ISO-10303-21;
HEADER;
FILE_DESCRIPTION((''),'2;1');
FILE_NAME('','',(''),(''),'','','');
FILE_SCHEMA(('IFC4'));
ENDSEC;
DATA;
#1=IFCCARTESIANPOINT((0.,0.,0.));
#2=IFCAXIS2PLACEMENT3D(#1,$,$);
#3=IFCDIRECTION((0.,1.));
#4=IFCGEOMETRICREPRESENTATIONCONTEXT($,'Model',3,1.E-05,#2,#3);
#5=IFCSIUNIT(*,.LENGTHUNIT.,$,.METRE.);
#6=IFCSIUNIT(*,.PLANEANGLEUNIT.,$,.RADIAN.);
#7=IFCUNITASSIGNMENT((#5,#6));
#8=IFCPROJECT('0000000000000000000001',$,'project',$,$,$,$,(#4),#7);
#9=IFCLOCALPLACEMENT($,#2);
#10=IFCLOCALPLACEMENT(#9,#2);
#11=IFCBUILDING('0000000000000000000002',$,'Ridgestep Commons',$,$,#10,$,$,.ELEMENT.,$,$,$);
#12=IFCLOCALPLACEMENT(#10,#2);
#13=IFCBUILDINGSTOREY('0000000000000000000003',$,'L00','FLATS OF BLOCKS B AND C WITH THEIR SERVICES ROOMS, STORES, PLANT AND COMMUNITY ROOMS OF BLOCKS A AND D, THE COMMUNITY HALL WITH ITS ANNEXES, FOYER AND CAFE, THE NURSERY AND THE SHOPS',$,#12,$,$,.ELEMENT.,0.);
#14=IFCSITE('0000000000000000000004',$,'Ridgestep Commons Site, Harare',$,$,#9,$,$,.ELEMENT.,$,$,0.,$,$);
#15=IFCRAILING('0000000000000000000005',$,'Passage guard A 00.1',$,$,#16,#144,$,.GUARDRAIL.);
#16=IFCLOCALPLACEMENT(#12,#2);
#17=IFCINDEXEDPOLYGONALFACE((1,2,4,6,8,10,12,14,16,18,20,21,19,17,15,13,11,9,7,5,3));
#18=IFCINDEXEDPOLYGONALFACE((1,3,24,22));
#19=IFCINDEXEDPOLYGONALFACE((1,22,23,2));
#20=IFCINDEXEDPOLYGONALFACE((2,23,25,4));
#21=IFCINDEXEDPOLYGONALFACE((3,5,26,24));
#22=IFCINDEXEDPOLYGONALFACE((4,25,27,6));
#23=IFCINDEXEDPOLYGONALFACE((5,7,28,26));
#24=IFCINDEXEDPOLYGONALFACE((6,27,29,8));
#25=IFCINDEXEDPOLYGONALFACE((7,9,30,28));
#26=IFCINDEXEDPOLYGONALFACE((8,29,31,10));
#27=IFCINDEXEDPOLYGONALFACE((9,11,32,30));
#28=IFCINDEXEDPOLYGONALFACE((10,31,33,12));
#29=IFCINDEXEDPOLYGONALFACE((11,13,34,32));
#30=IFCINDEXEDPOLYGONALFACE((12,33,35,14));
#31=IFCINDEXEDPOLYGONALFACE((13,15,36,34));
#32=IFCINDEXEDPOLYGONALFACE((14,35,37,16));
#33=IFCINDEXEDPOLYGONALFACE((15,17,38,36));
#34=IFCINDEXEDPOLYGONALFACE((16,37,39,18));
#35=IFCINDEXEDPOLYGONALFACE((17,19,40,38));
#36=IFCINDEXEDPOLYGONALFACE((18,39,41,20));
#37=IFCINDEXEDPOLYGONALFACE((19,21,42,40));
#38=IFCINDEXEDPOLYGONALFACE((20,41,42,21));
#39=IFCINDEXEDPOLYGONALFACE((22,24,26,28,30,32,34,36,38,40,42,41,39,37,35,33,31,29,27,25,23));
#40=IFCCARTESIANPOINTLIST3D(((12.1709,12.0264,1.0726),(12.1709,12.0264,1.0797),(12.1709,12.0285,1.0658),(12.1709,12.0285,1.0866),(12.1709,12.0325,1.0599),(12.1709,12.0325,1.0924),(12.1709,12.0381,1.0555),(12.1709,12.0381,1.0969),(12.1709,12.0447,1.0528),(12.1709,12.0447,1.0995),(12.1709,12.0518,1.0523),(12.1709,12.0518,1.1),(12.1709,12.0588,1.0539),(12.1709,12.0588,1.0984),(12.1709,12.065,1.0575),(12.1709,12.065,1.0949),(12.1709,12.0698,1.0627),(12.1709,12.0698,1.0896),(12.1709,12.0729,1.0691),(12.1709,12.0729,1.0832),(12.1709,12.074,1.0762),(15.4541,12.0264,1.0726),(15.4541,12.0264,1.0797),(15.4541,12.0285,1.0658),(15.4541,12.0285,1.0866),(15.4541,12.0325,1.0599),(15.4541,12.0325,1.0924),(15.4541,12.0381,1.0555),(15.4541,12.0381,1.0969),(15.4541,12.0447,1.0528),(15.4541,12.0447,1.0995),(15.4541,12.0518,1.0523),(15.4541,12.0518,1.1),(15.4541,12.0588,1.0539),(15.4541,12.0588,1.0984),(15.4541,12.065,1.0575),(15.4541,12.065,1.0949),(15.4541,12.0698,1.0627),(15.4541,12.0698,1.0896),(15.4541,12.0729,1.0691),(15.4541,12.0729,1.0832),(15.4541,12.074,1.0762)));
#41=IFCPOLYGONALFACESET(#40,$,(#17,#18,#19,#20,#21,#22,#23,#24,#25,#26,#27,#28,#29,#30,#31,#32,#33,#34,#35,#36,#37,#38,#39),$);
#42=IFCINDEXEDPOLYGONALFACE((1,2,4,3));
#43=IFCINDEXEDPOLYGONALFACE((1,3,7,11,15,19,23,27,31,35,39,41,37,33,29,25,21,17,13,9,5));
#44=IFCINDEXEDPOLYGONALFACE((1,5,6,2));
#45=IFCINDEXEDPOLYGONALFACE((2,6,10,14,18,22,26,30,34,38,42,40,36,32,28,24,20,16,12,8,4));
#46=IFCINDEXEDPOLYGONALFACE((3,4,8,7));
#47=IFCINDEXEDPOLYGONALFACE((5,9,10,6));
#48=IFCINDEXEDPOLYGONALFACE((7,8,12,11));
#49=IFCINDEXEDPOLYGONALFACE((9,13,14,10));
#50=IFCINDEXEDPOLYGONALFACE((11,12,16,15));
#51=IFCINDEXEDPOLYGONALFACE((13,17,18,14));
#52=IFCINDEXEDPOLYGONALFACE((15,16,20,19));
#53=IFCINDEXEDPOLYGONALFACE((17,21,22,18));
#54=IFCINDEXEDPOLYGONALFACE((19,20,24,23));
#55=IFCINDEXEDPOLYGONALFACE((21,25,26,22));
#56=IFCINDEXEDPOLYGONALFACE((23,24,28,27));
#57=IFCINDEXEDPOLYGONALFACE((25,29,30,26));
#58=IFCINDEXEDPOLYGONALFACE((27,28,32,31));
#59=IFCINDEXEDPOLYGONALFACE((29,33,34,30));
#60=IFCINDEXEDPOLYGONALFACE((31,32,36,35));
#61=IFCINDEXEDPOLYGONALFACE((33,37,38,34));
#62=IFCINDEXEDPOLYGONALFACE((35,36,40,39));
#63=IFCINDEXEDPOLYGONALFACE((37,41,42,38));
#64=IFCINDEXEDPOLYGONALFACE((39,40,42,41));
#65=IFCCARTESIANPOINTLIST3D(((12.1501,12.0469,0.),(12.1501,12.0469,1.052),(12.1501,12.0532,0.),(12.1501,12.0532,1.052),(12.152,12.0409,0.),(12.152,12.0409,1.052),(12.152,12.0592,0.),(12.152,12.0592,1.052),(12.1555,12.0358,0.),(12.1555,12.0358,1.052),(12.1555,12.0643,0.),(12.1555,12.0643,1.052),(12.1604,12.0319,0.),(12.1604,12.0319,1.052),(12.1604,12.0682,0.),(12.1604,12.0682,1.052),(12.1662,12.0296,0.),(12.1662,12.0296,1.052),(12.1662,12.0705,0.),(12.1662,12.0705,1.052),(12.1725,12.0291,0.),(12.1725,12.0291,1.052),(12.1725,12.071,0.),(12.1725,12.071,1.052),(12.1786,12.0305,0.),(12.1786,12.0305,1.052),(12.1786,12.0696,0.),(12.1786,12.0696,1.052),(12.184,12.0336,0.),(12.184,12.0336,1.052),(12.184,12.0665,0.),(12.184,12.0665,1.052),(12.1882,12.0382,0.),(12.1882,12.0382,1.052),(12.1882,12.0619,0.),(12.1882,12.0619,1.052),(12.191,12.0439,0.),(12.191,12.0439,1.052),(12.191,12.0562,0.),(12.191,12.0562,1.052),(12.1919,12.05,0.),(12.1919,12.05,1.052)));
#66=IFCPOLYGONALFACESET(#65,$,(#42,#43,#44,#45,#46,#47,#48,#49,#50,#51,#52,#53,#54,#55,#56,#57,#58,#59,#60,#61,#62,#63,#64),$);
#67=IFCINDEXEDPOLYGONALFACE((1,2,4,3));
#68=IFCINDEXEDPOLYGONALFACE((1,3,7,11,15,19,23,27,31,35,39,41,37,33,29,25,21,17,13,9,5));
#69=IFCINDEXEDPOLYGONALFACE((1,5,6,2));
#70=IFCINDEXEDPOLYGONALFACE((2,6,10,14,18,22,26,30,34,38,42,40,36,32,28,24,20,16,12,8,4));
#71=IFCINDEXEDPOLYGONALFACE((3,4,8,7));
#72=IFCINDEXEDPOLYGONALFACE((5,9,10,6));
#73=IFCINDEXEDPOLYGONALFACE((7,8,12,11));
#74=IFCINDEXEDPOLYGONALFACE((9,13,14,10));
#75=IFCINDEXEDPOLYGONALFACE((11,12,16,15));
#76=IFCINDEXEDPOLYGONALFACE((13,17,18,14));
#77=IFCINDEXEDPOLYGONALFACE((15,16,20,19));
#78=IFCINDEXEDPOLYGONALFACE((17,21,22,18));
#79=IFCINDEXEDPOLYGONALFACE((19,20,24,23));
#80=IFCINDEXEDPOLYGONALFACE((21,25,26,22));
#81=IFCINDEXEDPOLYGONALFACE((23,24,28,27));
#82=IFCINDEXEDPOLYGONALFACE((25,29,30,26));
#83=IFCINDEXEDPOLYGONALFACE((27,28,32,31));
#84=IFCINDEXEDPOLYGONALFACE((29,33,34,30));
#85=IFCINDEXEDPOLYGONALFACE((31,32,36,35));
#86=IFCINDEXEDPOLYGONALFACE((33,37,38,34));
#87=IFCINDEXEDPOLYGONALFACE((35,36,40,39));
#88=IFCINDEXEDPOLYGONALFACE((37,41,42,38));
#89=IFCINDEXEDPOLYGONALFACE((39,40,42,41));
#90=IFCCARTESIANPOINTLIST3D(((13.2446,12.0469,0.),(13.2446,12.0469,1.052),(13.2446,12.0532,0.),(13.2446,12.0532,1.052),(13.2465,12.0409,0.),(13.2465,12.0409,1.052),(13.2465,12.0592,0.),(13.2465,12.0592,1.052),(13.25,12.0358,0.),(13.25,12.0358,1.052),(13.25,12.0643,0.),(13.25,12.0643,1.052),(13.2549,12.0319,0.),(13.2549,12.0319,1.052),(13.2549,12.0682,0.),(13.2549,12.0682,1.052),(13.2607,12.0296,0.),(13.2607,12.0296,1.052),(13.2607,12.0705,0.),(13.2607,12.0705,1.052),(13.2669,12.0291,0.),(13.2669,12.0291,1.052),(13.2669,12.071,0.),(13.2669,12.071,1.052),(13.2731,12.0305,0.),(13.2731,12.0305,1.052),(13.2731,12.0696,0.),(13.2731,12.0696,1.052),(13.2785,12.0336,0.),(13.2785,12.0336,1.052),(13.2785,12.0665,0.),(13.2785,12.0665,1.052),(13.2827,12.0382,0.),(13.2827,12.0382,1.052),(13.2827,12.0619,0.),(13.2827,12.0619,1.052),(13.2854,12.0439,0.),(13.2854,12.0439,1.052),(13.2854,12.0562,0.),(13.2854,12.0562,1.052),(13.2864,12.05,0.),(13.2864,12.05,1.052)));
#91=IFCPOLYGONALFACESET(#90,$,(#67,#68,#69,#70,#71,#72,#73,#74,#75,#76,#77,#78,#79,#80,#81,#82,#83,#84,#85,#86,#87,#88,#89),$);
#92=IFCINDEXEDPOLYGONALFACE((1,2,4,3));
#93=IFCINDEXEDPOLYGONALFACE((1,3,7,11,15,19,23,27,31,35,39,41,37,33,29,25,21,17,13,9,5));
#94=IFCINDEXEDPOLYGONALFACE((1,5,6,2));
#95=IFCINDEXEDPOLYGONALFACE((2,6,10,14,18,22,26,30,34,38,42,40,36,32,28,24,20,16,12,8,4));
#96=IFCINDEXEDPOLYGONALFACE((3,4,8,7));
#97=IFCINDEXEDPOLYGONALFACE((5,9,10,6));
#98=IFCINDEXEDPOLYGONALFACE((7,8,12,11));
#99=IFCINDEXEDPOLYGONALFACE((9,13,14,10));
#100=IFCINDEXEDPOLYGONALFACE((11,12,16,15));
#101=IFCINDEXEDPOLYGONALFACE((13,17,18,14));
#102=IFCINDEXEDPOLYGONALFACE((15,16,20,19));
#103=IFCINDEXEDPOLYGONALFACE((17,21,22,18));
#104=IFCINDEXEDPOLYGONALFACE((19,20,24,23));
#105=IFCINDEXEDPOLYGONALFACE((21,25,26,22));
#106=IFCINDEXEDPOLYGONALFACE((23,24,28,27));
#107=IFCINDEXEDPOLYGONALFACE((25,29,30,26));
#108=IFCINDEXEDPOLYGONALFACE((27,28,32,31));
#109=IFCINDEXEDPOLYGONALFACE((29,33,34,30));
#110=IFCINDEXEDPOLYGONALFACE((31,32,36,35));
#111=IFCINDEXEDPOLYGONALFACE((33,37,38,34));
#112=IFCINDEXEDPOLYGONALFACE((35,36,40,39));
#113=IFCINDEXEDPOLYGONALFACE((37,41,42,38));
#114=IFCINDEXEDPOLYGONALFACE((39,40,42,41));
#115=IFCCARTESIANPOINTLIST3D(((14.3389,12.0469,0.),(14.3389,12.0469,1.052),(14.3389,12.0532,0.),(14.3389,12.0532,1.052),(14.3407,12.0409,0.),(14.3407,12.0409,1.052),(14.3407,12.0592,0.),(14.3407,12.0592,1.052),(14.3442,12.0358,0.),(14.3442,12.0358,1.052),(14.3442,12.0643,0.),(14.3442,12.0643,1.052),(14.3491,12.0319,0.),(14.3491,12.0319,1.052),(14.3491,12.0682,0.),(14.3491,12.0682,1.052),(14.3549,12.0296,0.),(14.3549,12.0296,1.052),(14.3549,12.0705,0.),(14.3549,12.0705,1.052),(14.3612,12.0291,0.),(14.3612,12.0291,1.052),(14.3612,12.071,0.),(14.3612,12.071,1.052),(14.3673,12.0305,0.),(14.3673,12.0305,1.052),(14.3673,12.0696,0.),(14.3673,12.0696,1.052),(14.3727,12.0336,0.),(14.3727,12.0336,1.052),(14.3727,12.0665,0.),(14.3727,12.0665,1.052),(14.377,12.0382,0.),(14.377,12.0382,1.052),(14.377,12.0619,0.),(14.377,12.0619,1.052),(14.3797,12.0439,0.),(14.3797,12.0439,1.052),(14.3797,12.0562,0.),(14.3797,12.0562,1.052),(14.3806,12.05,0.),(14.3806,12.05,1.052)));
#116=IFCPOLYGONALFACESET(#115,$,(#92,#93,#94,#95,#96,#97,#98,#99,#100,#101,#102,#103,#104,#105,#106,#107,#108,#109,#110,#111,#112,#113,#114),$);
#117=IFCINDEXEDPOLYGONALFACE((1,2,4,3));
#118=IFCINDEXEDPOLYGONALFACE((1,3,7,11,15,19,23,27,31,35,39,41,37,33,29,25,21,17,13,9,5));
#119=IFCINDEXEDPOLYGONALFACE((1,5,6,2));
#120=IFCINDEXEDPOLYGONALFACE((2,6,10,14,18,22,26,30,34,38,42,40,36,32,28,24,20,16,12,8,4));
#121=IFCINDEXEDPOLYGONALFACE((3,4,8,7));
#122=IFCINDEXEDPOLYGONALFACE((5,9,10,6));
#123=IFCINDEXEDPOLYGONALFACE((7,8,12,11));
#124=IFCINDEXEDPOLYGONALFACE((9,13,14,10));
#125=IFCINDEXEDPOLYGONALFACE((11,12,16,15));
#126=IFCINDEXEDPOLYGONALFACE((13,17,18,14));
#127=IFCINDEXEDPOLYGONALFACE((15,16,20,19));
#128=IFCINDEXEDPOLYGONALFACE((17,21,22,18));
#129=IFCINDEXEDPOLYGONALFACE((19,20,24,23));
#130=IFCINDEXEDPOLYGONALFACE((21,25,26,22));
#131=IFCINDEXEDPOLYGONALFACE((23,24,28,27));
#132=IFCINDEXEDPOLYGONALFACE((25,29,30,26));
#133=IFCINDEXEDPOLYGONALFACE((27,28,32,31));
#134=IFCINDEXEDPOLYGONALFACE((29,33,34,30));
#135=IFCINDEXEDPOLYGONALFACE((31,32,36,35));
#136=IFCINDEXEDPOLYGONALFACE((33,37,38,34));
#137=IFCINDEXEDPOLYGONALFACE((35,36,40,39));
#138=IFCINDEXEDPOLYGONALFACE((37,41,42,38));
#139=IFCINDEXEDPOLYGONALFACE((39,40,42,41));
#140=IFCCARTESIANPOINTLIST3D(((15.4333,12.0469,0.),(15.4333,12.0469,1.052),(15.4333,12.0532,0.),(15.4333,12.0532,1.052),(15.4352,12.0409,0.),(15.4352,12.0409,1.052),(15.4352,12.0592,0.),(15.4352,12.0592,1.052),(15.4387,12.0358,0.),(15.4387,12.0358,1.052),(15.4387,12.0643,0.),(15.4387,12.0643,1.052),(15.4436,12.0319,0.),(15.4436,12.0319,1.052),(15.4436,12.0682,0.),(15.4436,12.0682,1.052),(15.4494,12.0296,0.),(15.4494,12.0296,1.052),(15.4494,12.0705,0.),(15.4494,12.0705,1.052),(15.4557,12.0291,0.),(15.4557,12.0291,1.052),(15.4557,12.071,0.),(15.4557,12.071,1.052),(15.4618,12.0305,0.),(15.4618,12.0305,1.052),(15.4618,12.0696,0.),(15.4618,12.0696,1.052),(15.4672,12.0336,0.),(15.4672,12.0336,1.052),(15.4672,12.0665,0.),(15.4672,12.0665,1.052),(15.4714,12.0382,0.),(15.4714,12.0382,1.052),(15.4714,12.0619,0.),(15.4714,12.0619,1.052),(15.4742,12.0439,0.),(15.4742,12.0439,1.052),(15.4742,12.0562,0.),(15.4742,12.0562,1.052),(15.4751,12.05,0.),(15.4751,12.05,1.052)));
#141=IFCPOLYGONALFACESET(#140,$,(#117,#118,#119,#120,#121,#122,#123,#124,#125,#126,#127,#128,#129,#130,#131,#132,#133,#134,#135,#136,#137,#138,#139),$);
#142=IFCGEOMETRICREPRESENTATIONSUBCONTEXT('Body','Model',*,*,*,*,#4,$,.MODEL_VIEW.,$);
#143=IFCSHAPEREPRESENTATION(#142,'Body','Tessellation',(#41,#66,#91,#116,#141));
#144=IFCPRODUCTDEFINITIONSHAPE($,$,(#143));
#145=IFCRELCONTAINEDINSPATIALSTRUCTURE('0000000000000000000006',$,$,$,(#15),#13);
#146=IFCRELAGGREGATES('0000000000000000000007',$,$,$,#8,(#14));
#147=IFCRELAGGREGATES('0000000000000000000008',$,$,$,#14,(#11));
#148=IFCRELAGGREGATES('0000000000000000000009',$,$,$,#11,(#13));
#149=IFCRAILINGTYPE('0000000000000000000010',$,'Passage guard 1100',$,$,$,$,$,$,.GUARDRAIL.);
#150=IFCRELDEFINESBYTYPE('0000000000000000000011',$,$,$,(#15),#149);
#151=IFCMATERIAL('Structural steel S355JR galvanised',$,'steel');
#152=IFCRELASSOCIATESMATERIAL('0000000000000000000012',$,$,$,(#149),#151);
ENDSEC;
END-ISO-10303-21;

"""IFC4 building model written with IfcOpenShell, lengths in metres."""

from ifc_helpers import new_model, si_unit, direction, frame, origin, origin_2d, place, context, subcontext, project, spatial, circle, extrude, material, type_object, element, save


model = new_model("IFC4")

# Units and contexts
model_context = context("Model", 3, precision=1e-05, world=origin(), true_north=direction((0.0, 1.0)))
body_context = subcontext(model_context, "Body", "Model", "MODEL_VIEW")
ifc_project = project(units=[si_unit("LENGTHUNIT", "METRE"), si_unit("PLANEANGLEUNIT", "RADIAN")], contexts=[model_context])

# Site, building, storey
site_placement = place(None, origin())
site = spatial("IfcSite", under=ifc_project, at=site_placement, Name="Ridgestep Commons Site, Harare", CompositionType="ELEMENT", RefElevation=0.0)
building_placement = place(site_placement, origin())
building = spatial("IfcBuilding", under=site, at=building_placement, Name="Ridgestep Commons", CompositionType="ELEMENT")
storey_placement = place(building_placement, origin())
storey = spatial("IfcBuildingStorey", under=building, at=storey_placement, Name="L00", Description="FLATS OF BLOCKS B AND C WITH THEIR SERVICES ROOMS, STORES, PLANT AND COMMUNITY ROOMS OF BLOCKS A AND D, THE COMMUNITY HALL WITH ITS ANNEXES, FOYER AND CAFE, THE NURSERY AND THE SHOPS", CompositionType="ELEMENT", Elevation=0.0)

# Railing
ifc_material_1 = material(Name="Structural steel S355JR galvanised", Category="steel")
railing_type = type_object("IfcRailingType", Name="Passage guard 1100", PredefinedType="GUARDRAIL", material=ifc_material_1)
railing_placement = place(storey_placement, frame((12.1709, 12.05, 0.0)))
element("IfcRailing", 1, at=railing_placement, inside=storey, type_object=railing_type, Name="Passage guard A 00.1", PredefinedType="GUARDRAIL", context=body_context, shape_type="SweptSolid", body=[
    extrude(circle(Radius=0.0239, at=origin_2d()), frame((0.0, 0.0, 1.0762), z_axis=(1.0, 0.0, 0.0), x_axis=(0.0, 1.0, 0.0)), (0.0, 0.0, 1.0), 3.2832),
    extrude(circle(Radius=0.021, at=origin_2d()), origin(), (0.0, 0.0, 1.0), 1.052),
    extrude(circle(Radius=0.021, at=origin_2d()), frame((1.0945, 0.0, 0.0)), (0.0, 0.0, 1.0), 1.052),
    extrude(circle(Radius=0.021, at=origin_2d()), frame((2.1887, 0.0, 0.0)), (0.0, 0.0, 1.0), 1.052),
    extrude(circle(Radius=0.021, at=origin_2d()), frame((3.2832, 0.0, 0.0)), (0.0, 0.0, 1.0), 1.052),
])

save(model, "model.ifc")
